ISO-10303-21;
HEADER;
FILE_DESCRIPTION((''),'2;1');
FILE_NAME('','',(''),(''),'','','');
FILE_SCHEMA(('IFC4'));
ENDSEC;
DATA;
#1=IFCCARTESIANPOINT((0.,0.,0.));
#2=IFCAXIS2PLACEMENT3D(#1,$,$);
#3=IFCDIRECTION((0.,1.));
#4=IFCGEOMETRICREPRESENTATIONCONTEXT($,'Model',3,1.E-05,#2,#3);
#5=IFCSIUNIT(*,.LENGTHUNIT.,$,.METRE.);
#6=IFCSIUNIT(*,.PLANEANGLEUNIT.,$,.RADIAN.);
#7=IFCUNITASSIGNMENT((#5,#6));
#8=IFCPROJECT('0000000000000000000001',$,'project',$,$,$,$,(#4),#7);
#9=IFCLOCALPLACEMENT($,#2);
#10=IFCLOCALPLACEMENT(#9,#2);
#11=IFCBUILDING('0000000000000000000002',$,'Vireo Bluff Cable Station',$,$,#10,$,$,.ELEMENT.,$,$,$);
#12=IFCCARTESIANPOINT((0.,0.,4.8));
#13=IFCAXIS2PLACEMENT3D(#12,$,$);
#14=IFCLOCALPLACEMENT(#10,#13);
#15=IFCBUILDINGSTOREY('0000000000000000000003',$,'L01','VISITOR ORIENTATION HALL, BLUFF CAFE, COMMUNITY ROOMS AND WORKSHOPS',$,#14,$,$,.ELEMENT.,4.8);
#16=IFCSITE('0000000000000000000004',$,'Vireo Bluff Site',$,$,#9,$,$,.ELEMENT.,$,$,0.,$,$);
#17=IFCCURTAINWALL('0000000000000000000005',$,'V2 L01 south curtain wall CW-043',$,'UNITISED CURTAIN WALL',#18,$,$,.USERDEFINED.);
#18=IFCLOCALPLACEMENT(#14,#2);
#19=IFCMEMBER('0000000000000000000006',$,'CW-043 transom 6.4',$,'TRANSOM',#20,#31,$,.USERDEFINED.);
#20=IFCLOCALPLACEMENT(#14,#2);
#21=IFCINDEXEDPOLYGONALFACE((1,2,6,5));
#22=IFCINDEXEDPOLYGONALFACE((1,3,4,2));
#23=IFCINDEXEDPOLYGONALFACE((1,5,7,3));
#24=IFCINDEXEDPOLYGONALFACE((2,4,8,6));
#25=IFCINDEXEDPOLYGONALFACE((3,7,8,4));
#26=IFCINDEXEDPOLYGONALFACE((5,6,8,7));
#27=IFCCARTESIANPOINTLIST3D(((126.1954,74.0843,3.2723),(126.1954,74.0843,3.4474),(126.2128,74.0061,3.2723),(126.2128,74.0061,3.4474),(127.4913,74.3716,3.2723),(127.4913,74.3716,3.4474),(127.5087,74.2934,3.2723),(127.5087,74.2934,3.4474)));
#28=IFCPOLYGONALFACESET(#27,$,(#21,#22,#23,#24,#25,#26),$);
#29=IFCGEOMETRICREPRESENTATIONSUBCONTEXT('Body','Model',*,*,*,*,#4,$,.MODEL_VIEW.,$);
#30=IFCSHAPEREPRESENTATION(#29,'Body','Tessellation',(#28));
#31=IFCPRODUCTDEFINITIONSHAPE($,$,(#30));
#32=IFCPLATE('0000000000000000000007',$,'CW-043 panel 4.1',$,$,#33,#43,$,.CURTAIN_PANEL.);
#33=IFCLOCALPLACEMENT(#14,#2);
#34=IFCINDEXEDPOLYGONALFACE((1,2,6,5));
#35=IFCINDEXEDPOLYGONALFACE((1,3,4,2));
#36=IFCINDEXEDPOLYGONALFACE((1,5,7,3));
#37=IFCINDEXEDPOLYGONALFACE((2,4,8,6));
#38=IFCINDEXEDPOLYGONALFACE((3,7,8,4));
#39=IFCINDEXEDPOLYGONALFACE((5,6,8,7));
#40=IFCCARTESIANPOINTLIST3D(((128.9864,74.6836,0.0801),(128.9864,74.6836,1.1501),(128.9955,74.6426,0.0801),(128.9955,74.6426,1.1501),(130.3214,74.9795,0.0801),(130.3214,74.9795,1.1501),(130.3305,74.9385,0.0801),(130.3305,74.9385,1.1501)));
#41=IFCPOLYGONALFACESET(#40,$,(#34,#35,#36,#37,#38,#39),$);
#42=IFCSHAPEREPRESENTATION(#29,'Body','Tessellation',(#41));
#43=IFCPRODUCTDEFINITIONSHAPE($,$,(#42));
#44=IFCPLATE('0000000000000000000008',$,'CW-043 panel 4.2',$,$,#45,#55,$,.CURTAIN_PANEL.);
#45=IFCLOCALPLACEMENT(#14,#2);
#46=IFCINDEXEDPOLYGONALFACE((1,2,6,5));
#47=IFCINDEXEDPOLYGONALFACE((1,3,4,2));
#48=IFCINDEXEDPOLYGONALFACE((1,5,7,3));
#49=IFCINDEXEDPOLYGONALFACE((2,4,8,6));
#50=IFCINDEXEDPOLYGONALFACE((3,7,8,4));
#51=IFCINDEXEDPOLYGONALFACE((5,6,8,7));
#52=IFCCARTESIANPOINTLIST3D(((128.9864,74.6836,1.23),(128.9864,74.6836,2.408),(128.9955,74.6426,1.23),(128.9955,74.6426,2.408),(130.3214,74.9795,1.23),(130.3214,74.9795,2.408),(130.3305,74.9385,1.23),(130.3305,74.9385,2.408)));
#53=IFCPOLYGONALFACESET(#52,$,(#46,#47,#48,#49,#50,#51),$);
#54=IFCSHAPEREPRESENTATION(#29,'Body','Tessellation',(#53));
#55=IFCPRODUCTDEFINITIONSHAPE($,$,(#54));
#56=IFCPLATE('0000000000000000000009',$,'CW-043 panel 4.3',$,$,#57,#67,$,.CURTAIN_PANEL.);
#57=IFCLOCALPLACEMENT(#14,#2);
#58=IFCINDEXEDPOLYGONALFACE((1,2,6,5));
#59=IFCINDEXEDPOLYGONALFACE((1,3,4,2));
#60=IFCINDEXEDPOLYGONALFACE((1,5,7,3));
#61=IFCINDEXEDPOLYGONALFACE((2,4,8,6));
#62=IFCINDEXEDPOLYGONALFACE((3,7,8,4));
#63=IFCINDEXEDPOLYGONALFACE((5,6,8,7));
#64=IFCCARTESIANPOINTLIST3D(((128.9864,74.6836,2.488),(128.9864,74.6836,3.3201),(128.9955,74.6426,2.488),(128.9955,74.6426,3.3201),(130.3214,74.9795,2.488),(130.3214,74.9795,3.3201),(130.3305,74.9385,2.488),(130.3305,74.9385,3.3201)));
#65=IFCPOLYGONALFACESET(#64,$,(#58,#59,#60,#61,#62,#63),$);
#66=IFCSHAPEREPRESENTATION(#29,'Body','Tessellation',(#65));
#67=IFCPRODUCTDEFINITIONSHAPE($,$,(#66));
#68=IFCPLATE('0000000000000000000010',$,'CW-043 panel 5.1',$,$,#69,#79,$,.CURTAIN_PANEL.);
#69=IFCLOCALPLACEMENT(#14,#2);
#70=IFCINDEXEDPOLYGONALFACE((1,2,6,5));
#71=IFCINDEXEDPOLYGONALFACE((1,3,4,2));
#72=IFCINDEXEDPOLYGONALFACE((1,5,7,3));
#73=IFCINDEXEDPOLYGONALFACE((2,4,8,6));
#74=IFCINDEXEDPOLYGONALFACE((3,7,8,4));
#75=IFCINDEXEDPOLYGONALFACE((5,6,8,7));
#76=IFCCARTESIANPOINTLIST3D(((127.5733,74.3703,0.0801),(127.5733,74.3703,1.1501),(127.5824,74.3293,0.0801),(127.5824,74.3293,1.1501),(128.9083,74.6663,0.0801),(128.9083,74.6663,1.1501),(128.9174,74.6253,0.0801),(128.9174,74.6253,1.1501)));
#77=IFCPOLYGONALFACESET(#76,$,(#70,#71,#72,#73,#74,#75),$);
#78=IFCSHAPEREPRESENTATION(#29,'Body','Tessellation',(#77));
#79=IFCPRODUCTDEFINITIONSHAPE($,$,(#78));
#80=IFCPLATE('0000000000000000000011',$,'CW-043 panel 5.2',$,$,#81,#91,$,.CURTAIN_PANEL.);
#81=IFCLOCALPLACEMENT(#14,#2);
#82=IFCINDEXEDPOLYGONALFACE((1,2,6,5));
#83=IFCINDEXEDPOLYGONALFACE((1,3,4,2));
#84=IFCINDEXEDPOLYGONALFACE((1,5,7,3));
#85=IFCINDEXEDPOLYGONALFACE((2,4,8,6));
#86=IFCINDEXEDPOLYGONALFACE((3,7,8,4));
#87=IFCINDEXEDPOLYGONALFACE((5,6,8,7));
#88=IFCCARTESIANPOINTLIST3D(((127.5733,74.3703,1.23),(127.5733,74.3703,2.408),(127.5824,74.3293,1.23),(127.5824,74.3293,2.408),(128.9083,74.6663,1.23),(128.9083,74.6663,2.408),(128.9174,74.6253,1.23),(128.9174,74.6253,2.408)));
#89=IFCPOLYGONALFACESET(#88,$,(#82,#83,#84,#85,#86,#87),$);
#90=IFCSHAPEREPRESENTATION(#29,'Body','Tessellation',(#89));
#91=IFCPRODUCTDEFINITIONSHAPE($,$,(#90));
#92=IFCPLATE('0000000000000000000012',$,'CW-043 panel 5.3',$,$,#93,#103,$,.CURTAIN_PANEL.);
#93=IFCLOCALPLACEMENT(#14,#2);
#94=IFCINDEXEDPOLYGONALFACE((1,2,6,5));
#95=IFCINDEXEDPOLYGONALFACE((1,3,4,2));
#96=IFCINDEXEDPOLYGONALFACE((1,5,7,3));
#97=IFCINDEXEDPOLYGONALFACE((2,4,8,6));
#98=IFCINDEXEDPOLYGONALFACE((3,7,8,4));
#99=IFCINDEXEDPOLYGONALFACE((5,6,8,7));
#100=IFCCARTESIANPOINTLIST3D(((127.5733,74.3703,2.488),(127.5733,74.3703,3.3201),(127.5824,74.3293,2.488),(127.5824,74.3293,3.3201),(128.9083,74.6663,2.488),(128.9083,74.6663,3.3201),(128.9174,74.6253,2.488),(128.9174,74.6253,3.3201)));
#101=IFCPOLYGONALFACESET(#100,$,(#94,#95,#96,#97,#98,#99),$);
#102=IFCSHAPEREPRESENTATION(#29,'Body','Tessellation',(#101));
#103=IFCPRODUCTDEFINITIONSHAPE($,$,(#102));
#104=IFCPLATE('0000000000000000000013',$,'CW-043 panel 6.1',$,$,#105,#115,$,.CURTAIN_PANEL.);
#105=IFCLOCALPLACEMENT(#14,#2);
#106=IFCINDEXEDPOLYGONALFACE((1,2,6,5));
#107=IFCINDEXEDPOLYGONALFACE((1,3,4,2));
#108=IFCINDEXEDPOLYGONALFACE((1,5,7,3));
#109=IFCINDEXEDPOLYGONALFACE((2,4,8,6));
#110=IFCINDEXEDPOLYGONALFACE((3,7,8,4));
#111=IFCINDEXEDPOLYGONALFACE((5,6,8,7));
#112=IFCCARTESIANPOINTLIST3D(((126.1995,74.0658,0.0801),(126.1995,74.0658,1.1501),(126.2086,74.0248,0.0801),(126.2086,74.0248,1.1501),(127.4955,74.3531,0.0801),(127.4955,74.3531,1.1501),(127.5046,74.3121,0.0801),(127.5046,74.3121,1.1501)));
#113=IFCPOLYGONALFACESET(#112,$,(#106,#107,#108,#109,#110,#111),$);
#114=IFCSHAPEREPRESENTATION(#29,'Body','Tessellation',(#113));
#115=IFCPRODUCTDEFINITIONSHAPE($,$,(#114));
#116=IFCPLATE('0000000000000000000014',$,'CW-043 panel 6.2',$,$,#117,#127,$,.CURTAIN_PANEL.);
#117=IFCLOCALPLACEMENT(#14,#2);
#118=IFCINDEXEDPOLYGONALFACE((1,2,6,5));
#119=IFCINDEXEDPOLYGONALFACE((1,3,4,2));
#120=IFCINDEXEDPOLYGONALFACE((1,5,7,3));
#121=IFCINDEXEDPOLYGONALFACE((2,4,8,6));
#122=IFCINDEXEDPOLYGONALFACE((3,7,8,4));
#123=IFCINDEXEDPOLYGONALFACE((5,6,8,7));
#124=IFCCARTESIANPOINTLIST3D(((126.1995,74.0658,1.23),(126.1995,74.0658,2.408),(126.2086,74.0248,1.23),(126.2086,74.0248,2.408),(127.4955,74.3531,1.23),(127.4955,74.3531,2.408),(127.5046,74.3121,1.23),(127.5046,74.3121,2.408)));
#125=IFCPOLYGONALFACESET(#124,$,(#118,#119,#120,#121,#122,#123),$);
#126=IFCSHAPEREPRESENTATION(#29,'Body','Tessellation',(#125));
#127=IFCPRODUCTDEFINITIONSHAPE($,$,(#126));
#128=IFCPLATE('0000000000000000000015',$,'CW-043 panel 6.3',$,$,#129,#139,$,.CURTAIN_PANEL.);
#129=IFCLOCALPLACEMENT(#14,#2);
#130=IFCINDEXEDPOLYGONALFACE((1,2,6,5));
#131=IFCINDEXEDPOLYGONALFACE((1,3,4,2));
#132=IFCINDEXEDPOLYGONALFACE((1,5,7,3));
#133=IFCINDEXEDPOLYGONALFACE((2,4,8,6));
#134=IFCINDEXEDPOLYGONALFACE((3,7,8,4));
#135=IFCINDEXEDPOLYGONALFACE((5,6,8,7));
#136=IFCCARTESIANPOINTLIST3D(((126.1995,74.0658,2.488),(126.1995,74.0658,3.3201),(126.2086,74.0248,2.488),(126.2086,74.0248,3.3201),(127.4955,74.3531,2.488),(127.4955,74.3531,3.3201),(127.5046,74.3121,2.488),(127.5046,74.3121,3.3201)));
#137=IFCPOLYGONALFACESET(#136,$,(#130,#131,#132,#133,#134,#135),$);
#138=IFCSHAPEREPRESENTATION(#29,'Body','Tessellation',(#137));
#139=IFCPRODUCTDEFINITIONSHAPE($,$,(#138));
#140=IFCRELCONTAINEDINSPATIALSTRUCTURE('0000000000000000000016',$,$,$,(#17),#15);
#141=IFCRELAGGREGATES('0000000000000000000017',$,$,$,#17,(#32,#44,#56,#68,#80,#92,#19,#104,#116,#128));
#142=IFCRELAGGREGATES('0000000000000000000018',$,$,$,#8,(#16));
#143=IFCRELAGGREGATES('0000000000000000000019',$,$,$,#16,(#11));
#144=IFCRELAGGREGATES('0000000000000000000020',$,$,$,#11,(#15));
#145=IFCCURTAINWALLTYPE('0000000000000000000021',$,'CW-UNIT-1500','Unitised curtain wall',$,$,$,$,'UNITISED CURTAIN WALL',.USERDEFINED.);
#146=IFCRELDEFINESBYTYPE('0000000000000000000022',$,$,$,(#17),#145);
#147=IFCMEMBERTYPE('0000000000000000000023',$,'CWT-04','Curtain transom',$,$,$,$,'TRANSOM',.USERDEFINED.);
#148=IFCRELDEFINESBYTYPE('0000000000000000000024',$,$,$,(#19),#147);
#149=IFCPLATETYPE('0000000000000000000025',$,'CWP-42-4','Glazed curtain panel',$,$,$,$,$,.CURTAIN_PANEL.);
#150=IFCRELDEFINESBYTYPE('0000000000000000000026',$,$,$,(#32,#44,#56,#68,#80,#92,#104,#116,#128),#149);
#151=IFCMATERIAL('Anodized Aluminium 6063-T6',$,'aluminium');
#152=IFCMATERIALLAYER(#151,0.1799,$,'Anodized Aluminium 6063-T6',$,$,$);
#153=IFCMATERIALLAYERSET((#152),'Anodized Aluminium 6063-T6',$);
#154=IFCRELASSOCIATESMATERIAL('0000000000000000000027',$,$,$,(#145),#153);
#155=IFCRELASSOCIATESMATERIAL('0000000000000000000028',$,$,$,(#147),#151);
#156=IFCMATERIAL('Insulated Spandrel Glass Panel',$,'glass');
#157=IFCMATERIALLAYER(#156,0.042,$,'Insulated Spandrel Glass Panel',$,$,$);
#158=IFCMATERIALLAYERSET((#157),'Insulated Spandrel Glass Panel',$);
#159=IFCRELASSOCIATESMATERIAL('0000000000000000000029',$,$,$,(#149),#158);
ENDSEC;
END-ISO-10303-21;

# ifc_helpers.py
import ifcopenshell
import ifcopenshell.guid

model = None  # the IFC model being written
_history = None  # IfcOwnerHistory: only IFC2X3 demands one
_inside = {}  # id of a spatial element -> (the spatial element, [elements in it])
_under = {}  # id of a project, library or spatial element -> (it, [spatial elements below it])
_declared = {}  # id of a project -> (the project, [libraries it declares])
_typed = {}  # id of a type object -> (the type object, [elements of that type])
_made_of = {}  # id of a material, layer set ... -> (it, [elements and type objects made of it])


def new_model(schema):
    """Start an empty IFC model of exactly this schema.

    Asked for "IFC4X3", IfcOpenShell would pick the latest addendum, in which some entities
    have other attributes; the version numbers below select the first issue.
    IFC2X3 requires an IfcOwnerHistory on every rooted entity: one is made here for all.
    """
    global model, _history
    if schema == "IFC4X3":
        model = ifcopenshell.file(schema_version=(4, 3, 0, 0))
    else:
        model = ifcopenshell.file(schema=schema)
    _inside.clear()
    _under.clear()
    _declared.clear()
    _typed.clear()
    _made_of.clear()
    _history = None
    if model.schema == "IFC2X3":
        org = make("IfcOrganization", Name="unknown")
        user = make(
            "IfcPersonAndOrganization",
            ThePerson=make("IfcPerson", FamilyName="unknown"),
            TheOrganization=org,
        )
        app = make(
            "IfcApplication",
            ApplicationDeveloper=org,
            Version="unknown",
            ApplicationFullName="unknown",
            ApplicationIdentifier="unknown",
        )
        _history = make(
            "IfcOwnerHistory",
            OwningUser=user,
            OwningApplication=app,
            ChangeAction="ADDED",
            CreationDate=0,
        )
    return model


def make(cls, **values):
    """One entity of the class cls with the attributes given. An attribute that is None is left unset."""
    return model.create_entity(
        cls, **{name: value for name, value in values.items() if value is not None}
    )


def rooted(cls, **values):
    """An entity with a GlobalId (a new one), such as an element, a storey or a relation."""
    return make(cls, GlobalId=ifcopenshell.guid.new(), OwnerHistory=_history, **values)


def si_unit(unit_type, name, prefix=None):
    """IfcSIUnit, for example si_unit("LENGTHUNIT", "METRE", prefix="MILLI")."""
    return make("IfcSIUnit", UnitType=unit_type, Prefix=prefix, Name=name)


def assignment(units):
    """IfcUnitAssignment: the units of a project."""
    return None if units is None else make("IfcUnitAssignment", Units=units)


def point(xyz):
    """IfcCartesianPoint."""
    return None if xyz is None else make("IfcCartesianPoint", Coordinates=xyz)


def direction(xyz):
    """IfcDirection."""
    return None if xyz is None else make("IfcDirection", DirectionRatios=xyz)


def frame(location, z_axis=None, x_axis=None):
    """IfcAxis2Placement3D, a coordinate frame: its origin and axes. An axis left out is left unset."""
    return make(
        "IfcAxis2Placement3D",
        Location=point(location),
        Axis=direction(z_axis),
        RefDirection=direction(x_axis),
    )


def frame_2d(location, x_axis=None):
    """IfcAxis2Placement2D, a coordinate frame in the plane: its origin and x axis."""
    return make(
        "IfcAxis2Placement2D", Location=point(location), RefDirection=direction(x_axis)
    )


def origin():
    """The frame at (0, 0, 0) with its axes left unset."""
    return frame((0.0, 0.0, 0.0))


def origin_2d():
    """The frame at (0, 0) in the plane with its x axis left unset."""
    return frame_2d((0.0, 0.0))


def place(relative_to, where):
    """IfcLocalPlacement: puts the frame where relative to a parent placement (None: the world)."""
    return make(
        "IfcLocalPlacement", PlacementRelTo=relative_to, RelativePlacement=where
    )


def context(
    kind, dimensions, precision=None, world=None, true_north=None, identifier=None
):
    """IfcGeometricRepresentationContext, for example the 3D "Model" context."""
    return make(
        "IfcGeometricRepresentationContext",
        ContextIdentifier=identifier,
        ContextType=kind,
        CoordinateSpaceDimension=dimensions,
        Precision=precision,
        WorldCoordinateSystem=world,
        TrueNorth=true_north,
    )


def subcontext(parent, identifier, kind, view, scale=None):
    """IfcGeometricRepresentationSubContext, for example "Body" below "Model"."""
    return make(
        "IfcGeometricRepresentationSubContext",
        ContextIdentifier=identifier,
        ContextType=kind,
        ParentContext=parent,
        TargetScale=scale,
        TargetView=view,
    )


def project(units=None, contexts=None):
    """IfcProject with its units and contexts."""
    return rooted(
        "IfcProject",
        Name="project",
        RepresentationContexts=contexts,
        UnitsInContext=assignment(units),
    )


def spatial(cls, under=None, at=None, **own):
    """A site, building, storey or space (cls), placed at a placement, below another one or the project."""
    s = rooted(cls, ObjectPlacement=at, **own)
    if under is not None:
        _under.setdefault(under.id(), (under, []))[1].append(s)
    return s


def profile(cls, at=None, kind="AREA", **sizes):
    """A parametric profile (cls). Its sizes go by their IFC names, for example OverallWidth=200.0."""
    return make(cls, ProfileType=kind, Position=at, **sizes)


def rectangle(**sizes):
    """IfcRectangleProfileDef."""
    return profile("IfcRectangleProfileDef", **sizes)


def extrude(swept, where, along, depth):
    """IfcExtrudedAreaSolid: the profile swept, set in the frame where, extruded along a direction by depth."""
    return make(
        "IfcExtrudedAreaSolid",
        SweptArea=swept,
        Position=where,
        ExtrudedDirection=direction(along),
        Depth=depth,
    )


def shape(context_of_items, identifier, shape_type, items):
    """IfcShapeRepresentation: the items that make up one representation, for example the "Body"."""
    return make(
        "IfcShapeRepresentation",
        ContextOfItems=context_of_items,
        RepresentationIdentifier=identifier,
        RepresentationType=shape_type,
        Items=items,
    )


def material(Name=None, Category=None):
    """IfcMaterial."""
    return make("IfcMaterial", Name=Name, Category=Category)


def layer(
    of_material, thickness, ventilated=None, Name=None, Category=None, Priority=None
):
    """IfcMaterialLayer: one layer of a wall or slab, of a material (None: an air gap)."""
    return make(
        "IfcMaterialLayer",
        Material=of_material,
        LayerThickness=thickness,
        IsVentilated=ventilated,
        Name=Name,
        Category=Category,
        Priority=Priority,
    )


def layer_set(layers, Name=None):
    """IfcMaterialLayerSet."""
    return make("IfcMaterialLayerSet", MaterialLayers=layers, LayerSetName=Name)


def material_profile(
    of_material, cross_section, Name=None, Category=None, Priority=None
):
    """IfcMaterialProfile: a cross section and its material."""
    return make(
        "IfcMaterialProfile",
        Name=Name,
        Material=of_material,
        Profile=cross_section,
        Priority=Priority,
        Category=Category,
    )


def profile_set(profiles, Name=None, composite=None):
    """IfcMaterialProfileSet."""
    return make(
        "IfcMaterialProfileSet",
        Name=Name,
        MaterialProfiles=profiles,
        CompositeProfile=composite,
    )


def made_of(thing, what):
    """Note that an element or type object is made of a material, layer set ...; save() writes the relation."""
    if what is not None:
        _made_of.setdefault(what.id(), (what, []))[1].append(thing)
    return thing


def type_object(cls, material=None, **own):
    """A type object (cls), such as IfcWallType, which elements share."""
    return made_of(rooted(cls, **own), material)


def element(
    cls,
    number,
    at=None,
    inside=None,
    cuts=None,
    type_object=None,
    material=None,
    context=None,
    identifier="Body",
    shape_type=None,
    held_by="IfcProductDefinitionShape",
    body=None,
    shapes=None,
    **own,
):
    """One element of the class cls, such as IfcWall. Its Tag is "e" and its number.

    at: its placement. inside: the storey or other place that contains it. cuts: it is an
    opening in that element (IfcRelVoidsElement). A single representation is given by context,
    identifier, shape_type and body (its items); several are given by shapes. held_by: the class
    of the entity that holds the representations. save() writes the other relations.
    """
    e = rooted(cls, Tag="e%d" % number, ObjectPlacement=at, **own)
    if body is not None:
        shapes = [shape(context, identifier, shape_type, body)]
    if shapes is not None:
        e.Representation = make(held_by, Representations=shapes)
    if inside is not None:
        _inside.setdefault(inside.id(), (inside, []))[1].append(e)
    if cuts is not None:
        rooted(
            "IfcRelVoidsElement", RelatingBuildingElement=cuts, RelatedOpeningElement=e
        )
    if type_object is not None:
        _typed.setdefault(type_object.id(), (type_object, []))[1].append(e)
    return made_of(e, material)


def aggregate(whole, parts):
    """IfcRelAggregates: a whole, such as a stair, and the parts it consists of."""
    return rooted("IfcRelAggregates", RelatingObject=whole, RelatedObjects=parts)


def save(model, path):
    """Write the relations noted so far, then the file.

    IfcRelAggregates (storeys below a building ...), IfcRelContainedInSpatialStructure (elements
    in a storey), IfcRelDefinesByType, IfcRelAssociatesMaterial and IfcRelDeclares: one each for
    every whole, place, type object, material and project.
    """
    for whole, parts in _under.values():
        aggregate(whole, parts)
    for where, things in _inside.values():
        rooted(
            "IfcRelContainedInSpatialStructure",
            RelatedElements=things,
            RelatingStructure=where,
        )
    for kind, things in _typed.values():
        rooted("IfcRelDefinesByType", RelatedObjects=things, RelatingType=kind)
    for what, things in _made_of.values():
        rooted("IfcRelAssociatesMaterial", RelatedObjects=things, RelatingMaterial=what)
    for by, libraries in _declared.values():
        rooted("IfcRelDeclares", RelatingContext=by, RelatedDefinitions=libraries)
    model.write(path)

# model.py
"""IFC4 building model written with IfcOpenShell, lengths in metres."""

from ifc_helpers import new_model, si_unit, direction, frame, origin, origin_2d, place, context, subcontext, project, spatial, rectangle, extrude, material, layer, layer_set, material_profile, profile_set, type_object, element, aggregate, save


model = new_model("IFC4")

# Units and contexts
model_context = context("Model", 3, precision=1e-05, world=origin(), true_north=direction((0.0, 1.0)))
body_context = subcontext(model_context, "Body", "Model", "MODEL_VIEW")
ifc_project = project(units=[si_unit("LENGTHUNIT", "METRE"), si_unit("PLANEANGLEUNIT", "RADIAN")], contexts=[model_context])

# Site, building, storey
site_placement = place(None, origin())
site = spatial("IfcSite", under=ifc_project, at=site_placement, Name="Vireo Bluff Site", CompositionType="ELEMENT", RefElevation=0.0)
building_placement = place(site_placement, origin())
building = spatial("IfcBuilding", under=site, at=building_placement, Name="Vireo Bluff Cable Station", CompositionType="ELEMENT")
storey_placement = place(building_placement, frame((0.0, 0.0, 4.8)))
storey = spatial("IfcBuildingStorey", under=building, at=storey_placement, Name="L01", Description="VISITOR ORIENTATION HALL, BLUFF CAFE, COMMUNITY ROOMS AND WORKSHOPS", CompositionType="ELEMENT", Elevation=4.8)

# Curtain wall, member, plates
ifc_material_1 = material(Name="Anodized Aluminium 6063-T6", Category="aluminium")
ifc_layer_1 = layer(ifc_material_1, 0.1799, Name="Anodized Aluminium 6063-T6")
ifc_layer_set_1 = layer_set([ifc_layer_1], Name="Anodized Aluminium 6063-T6")
curtain_wall_type = type_object("IfcCurtainWallType", Name="CW-UNIT-1500", Description="Unitised curtain wall", ElementType="UNITISED CURTAIN WALL", PredefinedType="USERDEFINED", material=ifc_layer_set_1)
curtain_wall_placement = place(storey_placement, origin())
curtain_wall = element("IfcCurtainWall", 1, at=curtain_wall_placement, inside=storey, type_object=curtain_wall_type, Name="V2 L01 south curtain wall CW-043", ObjectType="UNITISED CURTAIN WALL", PredefinedType="USERDEFINED")
ifc_material_profile_1 = material_profile(ifc_material_1, rectangle(XDim=0.0801, YDim=0.175, at=origin_2d()), Name="ALU-T-80X175")
ifc_profile_set_1 = profile_set([ifc_material_profile_1], Name="Anodized Aluminium 6063-T6")
member_type_1 = type_object("IfcMemberType", Name="CWT-04", Description="Curtain transom", ElementType="TRANSOM", PredefinedType="USERDEFINED", material=ifc_profile_set_1)
member_1_placement = place(storey_placement, frame((127.5, 74.3325, 3.3599), z_axis=(-0.976286, -0.216483, 0.0), x_axis=(0.216483, -0.976286, 0.0)))
member_1 = element("IfcMember", 2, at=member_1_placement, type_object=member_type_1, Name="CW-043 transom 6.4", ObjectType="TRANSOM", PredefinedType="USERDEFINED", context=body_context, shape_type="SweptSolid", body=[
    extrude(rectangle(XDim=0.0801, YDim=0.175, at=origin_2d()), origin(), (0.0, 0.0, 1.0), 1.3274),
])
ifc_material_2 = material(Name="Insulated Spandrel Glass Panel", Category="glass")
ifc_layer_2 = layer(ifc_material_2, 0.042, Name="Insulated Spandrel Glass Panel")
ifc_layer_set_2 = layer_set([ifc_layer_2], Name="Insulated Spandrel Glass Panel")
plate_type = type_object("IfcPlateType", Name="CWP-42-4", Description="Glazed curtain panel", PredefinedType="CURTAIN_PANEL", material=ifc_layer_set_2)
plate_1_placement = place(storey_placement, frame((129.6584, 74.811, 0.0801), z_axis=(0.0, 0.0, 1.0), x_axis=(-0.976296, -0.21644, 0.0)))
plate_1 = element("IfcPlate", 3, at=plate_1_placement, type_object=plate_type, Name="CW-043 panel 4.1", PredefinedType="CURTAIN_PANEL", context=body_context, shape_type="SweptSolid", body=[
    extrude(rectangle(XDim=1.3674, YDim=0.042, at=origin_2d()), origin(), (0.0, 0.0, 1.0), 1.0701),
])
plate_2_placement = place(storey_placement, frame((129.6584, 74.811, 1.23), z_axis=(0.0, 0.0, 1.0), x_axis=(-0.976296, -0.21644, 0.0)))
plate_2 = element("IfcPlate", 4, at=plate_2_placement, type_object=plate_type, Name="CW-043 panel 4.2", PredefinedType="CURTAIN_PANEL", context=body_context, shape_type="SweptSolid", body=[
    extrude(rectangle(XDim=1.3674, YDim=0.042, at=origin_2d()), origin(), (0.0, 0.0, 1.0), 1.178),
])
plate_3_placement = place(storey_placement, frame((129.6584, 74.811, 2.488), z_axis=(0.0, 0.0, 1.0), x_axis=(-0.976296, -0.21644, 0.0)))
plate_3 = element("IfcPlate", 5, at=plate_3_placement, type_object=plate_type, Name="CW-043 panel 4.3", PredefinedType="CURTAIN_PANEL", context=body_context, shape_type="SweptSolid", body=[
    extrude(rectangle(XDim=1.3674, YDim=0.042, at=origin_2d()), origin(), (0.0, 0.0, 1.0), 0.832),
])
plate_4_placement = place(storey_placement, frame((128.2454, 74.4978, 0.0801), z_axis=(0.0, 0.0, 1.0), x_axis=(-0.976296, -0.21644, 0.0)))
plate_4 = element("IfcPlate", 6, at=plate_4_placement, type_object=plate_type, Name="CW-043 panel 5.1", PredefinedType="CURTAIN_PANEL", context=body_context, shape_type="SweptSolid", body=[
    extrude(rectangle(XDim=1.3674, YDim=0.042, at=origin_2d()), origin(), (0.0, 0.0, 1.0), 1.0701),
])
plate_5_placement = place(storey_placement, frame((128.2454, 74.4978, 1.23), z_axis=(0.0, 0.0, 1.0), x_axis=(-0.976296, -0.21644, 0.0)))
plate_5 = element("IfcPlate", 7, at=plate_5_placement, type_object=plate_type, Name="CW-043 panel 5.2", PredefinedType="CURTAIN_PANEL", context=body_context, shape_type="SweptSolid", body=[
    extrude(rectangle(XDim=1.3674, YDim=0.042, at=origin_2d()), origin(), (0.0, 0.0, 1.0), 1.178),
])
plate_6_placement = place(storey_placement, frame((128.2454, 74.4978, 2.488), z_axis=(0.0, 0.0, 1.0), x_axis=(-0.976296, -0.21644, 0.0)))
plate_6 = element("IfcPlate", 8, at=plate_6_placement, type_object=plate_type, Name="CW-043 panel 5.3", PredefinedType="CURTAIN_PANEL", context=body_context, shape_type="SweptSolid", body=[
    extrude(rectangle(XDim=1.3674, YDim=0.042, at=origin_2d()), origin(), (0.0, 0.0, 1.0), 0.832),
])
plate_7_placement = place(storey_placement, frame((126.8521, 74.189, 0.0801), z_axis=(0.0, 0.0, 1.0), x_axis=(-0.976296, -0.21644, 0.0)))
plate_7 = element("IfcPlate", 9, at=plate_7_placement, type_object=plate_type, Name="CW-043 panel 6.1", PredefinedType="CURTAIN_PANEL", context=body_context, shape_type="SweptSolid", body=[
    extrude(rectangle(XDim=1.3274, YDim=0.042, at=origin_2d()), origin(), (0.0, 0.0, 1.0), 1.0701),
])
plate_8_placement = place(storey_placement, frame((126.8521, 74.189, 1.23), z_axis=(0.0, 0.0, 1.0), x_axis=(-0.976296, -0.21644, 0.0)))
plate_8 = element("IfcPlate", 10, at=plate_8_placement, type_object=plate_type, Name="CW-043 panel 6.2", PredefinedType="CURTAIN_PANEL", context=body_context, shape_type="SweptSolid", body=[
    extrude(rectangle(XDim=1.3274, YDim=0.042, at=origin_2d()), origin(), (0.0, 0.0, 1.0), 1.178),
])
plate_9_placement = place(storey_placement, frame((126.8521, 74.189, 2.488), z_axis=(0.0, 0.0, 1.0), x_axis=(-0.976296, -0.21644, 0.0)))
plate_9 = element("IfcPlate", 11, at=plate_9_placement, type_object=plate_type, Name="CW-043 panel 6.3", PredefinedType="CURTAIN_PANEL", context=body_context, shape_type="SweptSolid", body=[
    extrude(rectangle(XDim=1.3274, YDim=0.042, at=origin_2d()), origin(), (0.0, 0.0, 1.0), 0.832),
])
aggregate(curtain_wall, [plate_1, plate_2, plate_3, plate_4, plate_5, plate_6, member_1, plate_7, plate_8, plate_9])

save(model, "model.ifc")
